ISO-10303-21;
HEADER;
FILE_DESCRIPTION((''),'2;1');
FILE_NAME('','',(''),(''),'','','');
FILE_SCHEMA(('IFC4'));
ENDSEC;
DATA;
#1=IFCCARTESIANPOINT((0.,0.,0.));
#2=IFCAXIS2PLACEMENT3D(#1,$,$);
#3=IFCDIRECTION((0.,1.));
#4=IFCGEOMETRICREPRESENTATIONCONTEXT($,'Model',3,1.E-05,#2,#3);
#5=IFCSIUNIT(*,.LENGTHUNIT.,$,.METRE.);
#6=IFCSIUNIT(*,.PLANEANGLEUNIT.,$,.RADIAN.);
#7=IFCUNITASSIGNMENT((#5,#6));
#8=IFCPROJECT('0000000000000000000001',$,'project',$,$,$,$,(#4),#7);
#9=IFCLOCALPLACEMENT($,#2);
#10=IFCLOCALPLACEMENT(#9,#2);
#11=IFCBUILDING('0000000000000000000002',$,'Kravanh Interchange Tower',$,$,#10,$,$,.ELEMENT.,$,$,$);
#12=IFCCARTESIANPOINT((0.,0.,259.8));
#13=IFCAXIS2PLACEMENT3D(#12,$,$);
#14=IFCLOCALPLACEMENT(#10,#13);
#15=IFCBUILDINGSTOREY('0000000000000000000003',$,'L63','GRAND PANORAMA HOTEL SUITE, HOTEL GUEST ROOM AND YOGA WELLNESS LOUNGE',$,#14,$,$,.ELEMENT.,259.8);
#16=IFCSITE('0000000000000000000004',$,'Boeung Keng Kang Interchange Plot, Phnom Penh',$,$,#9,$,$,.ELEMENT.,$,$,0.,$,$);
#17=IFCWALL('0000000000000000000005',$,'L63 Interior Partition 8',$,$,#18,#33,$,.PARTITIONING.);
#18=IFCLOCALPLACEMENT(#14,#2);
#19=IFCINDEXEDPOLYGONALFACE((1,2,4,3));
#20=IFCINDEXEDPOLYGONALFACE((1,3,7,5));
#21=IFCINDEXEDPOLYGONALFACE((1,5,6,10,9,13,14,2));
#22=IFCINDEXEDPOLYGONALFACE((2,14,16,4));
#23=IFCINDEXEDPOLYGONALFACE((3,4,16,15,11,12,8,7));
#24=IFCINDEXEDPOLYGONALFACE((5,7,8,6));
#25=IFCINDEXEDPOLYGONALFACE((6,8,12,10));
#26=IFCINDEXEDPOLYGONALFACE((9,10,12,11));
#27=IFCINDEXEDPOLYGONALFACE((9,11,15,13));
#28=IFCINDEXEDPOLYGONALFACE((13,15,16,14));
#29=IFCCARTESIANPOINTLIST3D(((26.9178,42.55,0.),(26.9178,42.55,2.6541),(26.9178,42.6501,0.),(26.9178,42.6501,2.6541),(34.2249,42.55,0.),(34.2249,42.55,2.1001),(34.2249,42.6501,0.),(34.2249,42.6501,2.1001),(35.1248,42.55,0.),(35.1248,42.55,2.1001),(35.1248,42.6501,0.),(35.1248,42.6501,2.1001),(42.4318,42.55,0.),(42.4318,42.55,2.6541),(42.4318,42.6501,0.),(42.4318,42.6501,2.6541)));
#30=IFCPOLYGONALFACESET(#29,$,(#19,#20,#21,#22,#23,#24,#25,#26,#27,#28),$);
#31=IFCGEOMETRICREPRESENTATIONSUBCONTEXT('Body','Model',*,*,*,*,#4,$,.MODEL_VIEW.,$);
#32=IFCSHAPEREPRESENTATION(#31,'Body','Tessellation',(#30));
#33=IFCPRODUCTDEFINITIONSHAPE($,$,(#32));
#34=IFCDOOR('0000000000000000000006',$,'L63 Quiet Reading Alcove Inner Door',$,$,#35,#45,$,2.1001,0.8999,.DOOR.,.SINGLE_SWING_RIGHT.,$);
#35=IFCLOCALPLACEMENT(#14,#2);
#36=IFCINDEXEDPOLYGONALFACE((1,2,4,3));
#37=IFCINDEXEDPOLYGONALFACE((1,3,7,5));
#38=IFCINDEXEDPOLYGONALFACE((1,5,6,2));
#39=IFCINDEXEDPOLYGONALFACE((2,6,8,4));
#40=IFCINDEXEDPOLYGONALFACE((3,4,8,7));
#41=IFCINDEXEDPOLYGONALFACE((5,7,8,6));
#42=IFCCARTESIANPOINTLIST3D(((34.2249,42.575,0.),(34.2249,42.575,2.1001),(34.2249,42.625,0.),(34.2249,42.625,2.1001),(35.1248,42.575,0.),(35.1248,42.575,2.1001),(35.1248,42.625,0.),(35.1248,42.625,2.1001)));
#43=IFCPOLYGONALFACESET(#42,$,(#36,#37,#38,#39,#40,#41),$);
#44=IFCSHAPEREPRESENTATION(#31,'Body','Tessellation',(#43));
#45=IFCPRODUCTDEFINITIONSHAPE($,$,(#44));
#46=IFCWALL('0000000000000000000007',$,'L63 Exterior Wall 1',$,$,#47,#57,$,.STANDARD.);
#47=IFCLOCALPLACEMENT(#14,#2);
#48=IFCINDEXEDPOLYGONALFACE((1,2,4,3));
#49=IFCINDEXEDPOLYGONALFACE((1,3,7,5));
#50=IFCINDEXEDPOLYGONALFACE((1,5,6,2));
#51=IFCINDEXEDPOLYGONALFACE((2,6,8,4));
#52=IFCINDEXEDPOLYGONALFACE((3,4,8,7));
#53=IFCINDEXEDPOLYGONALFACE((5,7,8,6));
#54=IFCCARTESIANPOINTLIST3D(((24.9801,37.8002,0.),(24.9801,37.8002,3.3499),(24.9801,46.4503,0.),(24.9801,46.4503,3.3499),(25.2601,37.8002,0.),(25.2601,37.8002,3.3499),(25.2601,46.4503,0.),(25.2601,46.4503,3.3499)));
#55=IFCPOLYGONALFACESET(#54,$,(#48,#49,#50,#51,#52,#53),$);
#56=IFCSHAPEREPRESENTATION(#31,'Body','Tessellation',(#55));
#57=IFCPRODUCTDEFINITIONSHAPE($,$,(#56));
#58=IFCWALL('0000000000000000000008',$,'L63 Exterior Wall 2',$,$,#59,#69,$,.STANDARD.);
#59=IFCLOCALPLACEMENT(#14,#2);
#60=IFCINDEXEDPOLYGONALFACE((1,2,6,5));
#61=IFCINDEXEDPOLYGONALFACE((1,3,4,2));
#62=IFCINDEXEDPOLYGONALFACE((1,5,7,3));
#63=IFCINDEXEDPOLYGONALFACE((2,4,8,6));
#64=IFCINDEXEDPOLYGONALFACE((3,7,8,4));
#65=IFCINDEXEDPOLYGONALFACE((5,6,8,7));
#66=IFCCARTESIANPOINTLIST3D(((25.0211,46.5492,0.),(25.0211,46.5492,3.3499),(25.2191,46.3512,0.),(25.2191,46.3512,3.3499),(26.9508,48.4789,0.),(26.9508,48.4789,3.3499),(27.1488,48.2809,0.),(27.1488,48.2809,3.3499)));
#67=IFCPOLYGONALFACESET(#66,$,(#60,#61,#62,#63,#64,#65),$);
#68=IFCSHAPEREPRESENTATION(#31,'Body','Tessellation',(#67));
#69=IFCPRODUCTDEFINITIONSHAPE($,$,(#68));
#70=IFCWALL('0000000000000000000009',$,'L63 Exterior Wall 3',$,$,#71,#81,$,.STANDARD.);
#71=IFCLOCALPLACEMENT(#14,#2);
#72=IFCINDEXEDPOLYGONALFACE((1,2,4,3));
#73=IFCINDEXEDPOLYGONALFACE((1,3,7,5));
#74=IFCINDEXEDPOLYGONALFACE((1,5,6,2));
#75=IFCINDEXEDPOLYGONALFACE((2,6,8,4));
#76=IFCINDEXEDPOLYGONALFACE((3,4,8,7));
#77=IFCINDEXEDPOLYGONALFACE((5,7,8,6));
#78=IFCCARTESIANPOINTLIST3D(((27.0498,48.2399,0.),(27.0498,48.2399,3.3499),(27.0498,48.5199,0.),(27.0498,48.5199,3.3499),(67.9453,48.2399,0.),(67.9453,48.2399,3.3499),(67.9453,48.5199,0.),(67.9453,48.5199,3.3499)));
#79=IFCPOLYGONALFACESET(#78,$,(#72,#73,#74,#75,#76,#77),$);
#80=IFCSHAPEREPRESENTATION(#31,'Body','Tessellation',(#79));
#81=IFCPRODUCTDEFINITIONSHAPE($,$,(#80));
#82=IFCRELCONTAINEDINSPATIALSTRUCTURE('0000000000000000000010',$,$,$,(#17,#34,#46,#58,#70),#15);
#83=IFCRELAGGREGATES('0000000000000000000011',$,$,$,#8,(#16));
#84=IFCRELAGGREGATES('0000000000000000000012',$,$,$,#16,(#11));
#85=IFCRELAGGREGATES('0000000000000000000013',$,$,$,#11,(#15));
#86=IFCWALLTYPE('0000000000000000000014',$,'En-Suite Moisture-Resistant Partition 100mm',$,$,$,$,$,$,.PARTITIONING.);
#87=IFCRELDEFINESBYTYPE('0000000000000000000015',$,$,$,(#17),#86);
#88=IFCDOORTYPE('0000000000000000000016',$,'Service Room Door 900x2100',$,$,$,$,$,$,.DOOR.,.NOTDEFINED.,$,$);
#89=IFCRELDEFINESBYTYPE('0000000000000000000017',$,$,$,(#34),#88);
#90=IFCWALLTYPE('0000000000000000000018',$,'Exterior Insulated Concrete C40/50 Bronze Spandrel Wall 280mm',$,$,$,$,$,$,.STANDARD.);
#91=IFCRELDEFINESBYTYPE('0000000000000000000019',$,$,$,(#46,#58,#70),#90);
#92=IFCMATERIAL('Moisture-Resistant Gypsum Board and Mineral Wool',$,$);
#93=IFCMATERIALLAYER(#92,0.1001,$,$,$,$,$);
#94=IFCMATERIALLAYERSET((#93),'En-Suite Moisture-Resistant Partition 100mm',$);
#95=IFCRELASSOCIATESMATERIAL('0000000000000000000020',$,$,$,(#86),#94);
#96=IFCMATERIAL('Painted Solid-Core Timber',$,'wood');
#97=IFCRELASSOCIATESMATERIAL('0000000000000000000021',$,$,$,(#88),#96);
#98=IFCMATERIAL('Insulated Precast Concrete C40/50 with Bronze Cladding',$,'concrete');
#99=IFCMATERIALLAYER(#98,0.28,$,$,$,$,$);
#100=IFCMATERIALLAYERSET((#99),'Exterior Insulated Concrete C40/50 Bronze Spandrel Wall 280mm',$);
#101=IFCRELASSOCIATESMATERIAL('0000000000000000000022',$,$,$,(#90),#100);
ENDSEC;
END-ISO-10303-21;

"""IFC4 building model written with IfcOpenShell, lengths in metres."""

from ifc_helpers import new_model, si_unit, direction, frame, frame_2d, origin, place, context, subcontext, project, spatial, rectangle, extrude, material, layer, layer_set, type_object, element, fill, save


model = new_model("IFC4")

# Units and contexts
model_context = context("Model", 3, precision=1e-05, world=origin(), true_north=direction((0.0, 1.0)))
body_context = subcontext(model_context, "Body", "Model", "MODEL_VIEW")
ifc_project = project(units=[si_unit("LENGTHUNIT", "METRE"), si_unit("PLANEANGLEUNIT", "RADIAN")], contexts=[model_context])

# Site, building, storey
site_placement = place(None, origin())
site = spatial("IfcSite", under=ifc_project, at=site_placement, Name="Boeung Keng Kang Interchange Plot, Phnom Penh", CompositionType="ELEMENT", RefElevation=0.0)
building_placement = place(site_placement, origin())
building = spatial("IfcBuilding", under=site, at=building_placement, Name="Kravanh Interchange Tower", CompositionType="ELEMENT")
storey_placement = place(building_placement, frame((0.0, 0.0, 259.8)))
storey = spatial("IfcBuildingStorey", under=building, at=storey_placement, Name="L63", Description="GRAND PANORAMA HOTEL SUITE, HOTEL GUEST ROOM AND YOGA WELLNESS LOUNGE", CompositionType="ELEMENT", Elevation=259.8)

# Wall, opening, door
ifc_material_1 = material(Name="Moisture-Resistant Gypsum Board and Mineral Wool")
ifc_layer_1 = layer(ifc_material_1, 0.1001)
ifc_layer_set_1 = layer_set([ifc_layer_1], Name="En-Suite Moisture-Resistant Partition 100mm")
wall_type_1 = type_object("IfcWallType", Name="En-Suite Moisture-Resistant Partition 100mm", PredefinedType="PARTITIONING", material=ifc_layer_set_1)
wall_1_placement = place(storey_placement, frame((26.918, 42.6001, 0.0), z_axis=(0.0, 0.0, 1.0), x_axis=(1.0, 0.0, 0.0)))
wall_1 = element("IfcWall", 1, at=wall_1_placement, inside=storey, type_object=wall_type_1, Name="L63 Interior Partition 8", PredefinedType="PARTITIONING", context=body_context, shape_type="SweptSolid", body=[
    extrude(rectangle(XDim=15.5139, YDim=0.1001, at=frame_2d((7.7568, 0.0))), origin(), (0.0, 0.0, 1.0), 2.6541),
])
opening_1_placement = place(wall_1_placement, frame((7.3069, 0.0, 0.0)))
opening_1 = element("IfcOpeningElement", 2, at=opening_1_placement, cuts=wall_1, PredefinedType="OPENING", context=body_context, shape_type="SweptSolid", body=[
    extrude(rectangle(XDim=0.8999, YDim=2.1001, at=frame_2d((0.45, 1.05))), frame((0.0, 0.0601, 0.0), z_axis=(0.0, -1.0, 0.0), x_axis=(1.0, 0.0, 0.0)), (0.0, 0.0, 1.0), 0.1201),
])
ifc_material_2 = material(Name="Painted Solid-Core Timber", Category="wood")
door_type_1 = type_object("IfcDoorType", Name="Service Room Door 900x2100", OperationType="NOTDEFINED", PredefinedType="DOOR", material=ifc_material_2)
door_1_placement = place(opening_1_placement, origin())
door_1 = element("IfcDoor", 3, at=door_1_placement, inside=storey, type_object=door_type_1, Name="L63 Quiet Reading Alcove Inner Door", OperationType="SINGLE_SWING_RIGHT", OverallHeight=2.1001, OverallWidth=0.8999, PredefinedType="DOOR", context=body_context, shape_type="SweptSolid", body=[
    extrude(rectangle(XDim=0.8999, YDim=2.1001, at=frame_2d((0.45, 1.05))), frame((0.0, 0.0249, 0.0), z_axis=(0.0, -1.0, 0.0), x_axis=(1.0, 0.0, 0.0)), (0.0, 0.0, 1.0), 0.05),
])
fill(opening_1, door_1)

# Walls
ifc_material_3 = material(Name="Insulated Precast Concrete C40/50 with Bronze Cladding", Category="concrete")
ifc_layer_2 = layer(ifc_material_3, 0.28)
ifc_layer_set_2 = layer_set([ifc_layer_2], Name="Exterior Insulated Concrete C40/50 Bronze Spandrel Wall 280mm")
wall_type_2 = type_object("IfcWallType", Name="Exterior Insulated Concrete C40/50 Bronze Spandrel Wall 280mm", PredefinedType="STANDARD", material=ifc_layer_set_2)
wall_2_placement = place(storey_placement, frame((25.1201, 37.8, 0.0), z_axis=(0.0, 0.0, 1.0), x_axis=(0.0, 1.0, 0.0)))
element("IfcWall", 4, at=wall_2_placement, inside=storey, type_object=wall_type_2, Name="L63 Exterior Wall 1", PredefinedType="STANDARD", context=body_context, shape_type="SweptSolid", body=[
    extrude(rectangle(XDim=8.6501, YDim=0.28, at=frame_2d((4.3252, 0.0))), origin(), (0.0, 0.0, 1.0), 3.3499),
])
wall_3_placement = place(storey_placement, frame((25.1201, 46.4502, 0.0), z_axis=(0.0, 0.0, 1.0), x_axis=(0.707107, 0.707107, 0.0)))
element("IfcWall", 5, at=wall_3_placement, inside=storey, type_object=wall_type_2, Name="L63 Exterior Wall 2", PredefinedType="STANDARD", context=body_context, shape_type="SweptSolid", body=[
    extrude(rectangle(XDim=2.729, YDim=0.28, at=frame_2d((1.3645, 0.0))), origin(), (0.0, 0.0, 1.0), 3.3499),
])
wall_4_placement = place(storey_placement, frame((27.0498, 48.3799, 0.0), z_axis=(0.0, 0.0, 1.0), x_axis=(1.0, 0.0, 0.0)))
element("IfcWall", 6, at=wall_4_placement, inside=storey, type_object=wall_type_2, Name="L63 Exterior Wall 3", PredefinedType="STANDARD", context=body_context, shape_type="SweptSolid", body=[
    extrude(rectangle(XDim=40.8955, YDim=0.28, at=frame_2d((20.4478, 0.0))), origin(), (0.0, 0.0, 1.0), 3.3499),
])

save(model, "model.ifc")
